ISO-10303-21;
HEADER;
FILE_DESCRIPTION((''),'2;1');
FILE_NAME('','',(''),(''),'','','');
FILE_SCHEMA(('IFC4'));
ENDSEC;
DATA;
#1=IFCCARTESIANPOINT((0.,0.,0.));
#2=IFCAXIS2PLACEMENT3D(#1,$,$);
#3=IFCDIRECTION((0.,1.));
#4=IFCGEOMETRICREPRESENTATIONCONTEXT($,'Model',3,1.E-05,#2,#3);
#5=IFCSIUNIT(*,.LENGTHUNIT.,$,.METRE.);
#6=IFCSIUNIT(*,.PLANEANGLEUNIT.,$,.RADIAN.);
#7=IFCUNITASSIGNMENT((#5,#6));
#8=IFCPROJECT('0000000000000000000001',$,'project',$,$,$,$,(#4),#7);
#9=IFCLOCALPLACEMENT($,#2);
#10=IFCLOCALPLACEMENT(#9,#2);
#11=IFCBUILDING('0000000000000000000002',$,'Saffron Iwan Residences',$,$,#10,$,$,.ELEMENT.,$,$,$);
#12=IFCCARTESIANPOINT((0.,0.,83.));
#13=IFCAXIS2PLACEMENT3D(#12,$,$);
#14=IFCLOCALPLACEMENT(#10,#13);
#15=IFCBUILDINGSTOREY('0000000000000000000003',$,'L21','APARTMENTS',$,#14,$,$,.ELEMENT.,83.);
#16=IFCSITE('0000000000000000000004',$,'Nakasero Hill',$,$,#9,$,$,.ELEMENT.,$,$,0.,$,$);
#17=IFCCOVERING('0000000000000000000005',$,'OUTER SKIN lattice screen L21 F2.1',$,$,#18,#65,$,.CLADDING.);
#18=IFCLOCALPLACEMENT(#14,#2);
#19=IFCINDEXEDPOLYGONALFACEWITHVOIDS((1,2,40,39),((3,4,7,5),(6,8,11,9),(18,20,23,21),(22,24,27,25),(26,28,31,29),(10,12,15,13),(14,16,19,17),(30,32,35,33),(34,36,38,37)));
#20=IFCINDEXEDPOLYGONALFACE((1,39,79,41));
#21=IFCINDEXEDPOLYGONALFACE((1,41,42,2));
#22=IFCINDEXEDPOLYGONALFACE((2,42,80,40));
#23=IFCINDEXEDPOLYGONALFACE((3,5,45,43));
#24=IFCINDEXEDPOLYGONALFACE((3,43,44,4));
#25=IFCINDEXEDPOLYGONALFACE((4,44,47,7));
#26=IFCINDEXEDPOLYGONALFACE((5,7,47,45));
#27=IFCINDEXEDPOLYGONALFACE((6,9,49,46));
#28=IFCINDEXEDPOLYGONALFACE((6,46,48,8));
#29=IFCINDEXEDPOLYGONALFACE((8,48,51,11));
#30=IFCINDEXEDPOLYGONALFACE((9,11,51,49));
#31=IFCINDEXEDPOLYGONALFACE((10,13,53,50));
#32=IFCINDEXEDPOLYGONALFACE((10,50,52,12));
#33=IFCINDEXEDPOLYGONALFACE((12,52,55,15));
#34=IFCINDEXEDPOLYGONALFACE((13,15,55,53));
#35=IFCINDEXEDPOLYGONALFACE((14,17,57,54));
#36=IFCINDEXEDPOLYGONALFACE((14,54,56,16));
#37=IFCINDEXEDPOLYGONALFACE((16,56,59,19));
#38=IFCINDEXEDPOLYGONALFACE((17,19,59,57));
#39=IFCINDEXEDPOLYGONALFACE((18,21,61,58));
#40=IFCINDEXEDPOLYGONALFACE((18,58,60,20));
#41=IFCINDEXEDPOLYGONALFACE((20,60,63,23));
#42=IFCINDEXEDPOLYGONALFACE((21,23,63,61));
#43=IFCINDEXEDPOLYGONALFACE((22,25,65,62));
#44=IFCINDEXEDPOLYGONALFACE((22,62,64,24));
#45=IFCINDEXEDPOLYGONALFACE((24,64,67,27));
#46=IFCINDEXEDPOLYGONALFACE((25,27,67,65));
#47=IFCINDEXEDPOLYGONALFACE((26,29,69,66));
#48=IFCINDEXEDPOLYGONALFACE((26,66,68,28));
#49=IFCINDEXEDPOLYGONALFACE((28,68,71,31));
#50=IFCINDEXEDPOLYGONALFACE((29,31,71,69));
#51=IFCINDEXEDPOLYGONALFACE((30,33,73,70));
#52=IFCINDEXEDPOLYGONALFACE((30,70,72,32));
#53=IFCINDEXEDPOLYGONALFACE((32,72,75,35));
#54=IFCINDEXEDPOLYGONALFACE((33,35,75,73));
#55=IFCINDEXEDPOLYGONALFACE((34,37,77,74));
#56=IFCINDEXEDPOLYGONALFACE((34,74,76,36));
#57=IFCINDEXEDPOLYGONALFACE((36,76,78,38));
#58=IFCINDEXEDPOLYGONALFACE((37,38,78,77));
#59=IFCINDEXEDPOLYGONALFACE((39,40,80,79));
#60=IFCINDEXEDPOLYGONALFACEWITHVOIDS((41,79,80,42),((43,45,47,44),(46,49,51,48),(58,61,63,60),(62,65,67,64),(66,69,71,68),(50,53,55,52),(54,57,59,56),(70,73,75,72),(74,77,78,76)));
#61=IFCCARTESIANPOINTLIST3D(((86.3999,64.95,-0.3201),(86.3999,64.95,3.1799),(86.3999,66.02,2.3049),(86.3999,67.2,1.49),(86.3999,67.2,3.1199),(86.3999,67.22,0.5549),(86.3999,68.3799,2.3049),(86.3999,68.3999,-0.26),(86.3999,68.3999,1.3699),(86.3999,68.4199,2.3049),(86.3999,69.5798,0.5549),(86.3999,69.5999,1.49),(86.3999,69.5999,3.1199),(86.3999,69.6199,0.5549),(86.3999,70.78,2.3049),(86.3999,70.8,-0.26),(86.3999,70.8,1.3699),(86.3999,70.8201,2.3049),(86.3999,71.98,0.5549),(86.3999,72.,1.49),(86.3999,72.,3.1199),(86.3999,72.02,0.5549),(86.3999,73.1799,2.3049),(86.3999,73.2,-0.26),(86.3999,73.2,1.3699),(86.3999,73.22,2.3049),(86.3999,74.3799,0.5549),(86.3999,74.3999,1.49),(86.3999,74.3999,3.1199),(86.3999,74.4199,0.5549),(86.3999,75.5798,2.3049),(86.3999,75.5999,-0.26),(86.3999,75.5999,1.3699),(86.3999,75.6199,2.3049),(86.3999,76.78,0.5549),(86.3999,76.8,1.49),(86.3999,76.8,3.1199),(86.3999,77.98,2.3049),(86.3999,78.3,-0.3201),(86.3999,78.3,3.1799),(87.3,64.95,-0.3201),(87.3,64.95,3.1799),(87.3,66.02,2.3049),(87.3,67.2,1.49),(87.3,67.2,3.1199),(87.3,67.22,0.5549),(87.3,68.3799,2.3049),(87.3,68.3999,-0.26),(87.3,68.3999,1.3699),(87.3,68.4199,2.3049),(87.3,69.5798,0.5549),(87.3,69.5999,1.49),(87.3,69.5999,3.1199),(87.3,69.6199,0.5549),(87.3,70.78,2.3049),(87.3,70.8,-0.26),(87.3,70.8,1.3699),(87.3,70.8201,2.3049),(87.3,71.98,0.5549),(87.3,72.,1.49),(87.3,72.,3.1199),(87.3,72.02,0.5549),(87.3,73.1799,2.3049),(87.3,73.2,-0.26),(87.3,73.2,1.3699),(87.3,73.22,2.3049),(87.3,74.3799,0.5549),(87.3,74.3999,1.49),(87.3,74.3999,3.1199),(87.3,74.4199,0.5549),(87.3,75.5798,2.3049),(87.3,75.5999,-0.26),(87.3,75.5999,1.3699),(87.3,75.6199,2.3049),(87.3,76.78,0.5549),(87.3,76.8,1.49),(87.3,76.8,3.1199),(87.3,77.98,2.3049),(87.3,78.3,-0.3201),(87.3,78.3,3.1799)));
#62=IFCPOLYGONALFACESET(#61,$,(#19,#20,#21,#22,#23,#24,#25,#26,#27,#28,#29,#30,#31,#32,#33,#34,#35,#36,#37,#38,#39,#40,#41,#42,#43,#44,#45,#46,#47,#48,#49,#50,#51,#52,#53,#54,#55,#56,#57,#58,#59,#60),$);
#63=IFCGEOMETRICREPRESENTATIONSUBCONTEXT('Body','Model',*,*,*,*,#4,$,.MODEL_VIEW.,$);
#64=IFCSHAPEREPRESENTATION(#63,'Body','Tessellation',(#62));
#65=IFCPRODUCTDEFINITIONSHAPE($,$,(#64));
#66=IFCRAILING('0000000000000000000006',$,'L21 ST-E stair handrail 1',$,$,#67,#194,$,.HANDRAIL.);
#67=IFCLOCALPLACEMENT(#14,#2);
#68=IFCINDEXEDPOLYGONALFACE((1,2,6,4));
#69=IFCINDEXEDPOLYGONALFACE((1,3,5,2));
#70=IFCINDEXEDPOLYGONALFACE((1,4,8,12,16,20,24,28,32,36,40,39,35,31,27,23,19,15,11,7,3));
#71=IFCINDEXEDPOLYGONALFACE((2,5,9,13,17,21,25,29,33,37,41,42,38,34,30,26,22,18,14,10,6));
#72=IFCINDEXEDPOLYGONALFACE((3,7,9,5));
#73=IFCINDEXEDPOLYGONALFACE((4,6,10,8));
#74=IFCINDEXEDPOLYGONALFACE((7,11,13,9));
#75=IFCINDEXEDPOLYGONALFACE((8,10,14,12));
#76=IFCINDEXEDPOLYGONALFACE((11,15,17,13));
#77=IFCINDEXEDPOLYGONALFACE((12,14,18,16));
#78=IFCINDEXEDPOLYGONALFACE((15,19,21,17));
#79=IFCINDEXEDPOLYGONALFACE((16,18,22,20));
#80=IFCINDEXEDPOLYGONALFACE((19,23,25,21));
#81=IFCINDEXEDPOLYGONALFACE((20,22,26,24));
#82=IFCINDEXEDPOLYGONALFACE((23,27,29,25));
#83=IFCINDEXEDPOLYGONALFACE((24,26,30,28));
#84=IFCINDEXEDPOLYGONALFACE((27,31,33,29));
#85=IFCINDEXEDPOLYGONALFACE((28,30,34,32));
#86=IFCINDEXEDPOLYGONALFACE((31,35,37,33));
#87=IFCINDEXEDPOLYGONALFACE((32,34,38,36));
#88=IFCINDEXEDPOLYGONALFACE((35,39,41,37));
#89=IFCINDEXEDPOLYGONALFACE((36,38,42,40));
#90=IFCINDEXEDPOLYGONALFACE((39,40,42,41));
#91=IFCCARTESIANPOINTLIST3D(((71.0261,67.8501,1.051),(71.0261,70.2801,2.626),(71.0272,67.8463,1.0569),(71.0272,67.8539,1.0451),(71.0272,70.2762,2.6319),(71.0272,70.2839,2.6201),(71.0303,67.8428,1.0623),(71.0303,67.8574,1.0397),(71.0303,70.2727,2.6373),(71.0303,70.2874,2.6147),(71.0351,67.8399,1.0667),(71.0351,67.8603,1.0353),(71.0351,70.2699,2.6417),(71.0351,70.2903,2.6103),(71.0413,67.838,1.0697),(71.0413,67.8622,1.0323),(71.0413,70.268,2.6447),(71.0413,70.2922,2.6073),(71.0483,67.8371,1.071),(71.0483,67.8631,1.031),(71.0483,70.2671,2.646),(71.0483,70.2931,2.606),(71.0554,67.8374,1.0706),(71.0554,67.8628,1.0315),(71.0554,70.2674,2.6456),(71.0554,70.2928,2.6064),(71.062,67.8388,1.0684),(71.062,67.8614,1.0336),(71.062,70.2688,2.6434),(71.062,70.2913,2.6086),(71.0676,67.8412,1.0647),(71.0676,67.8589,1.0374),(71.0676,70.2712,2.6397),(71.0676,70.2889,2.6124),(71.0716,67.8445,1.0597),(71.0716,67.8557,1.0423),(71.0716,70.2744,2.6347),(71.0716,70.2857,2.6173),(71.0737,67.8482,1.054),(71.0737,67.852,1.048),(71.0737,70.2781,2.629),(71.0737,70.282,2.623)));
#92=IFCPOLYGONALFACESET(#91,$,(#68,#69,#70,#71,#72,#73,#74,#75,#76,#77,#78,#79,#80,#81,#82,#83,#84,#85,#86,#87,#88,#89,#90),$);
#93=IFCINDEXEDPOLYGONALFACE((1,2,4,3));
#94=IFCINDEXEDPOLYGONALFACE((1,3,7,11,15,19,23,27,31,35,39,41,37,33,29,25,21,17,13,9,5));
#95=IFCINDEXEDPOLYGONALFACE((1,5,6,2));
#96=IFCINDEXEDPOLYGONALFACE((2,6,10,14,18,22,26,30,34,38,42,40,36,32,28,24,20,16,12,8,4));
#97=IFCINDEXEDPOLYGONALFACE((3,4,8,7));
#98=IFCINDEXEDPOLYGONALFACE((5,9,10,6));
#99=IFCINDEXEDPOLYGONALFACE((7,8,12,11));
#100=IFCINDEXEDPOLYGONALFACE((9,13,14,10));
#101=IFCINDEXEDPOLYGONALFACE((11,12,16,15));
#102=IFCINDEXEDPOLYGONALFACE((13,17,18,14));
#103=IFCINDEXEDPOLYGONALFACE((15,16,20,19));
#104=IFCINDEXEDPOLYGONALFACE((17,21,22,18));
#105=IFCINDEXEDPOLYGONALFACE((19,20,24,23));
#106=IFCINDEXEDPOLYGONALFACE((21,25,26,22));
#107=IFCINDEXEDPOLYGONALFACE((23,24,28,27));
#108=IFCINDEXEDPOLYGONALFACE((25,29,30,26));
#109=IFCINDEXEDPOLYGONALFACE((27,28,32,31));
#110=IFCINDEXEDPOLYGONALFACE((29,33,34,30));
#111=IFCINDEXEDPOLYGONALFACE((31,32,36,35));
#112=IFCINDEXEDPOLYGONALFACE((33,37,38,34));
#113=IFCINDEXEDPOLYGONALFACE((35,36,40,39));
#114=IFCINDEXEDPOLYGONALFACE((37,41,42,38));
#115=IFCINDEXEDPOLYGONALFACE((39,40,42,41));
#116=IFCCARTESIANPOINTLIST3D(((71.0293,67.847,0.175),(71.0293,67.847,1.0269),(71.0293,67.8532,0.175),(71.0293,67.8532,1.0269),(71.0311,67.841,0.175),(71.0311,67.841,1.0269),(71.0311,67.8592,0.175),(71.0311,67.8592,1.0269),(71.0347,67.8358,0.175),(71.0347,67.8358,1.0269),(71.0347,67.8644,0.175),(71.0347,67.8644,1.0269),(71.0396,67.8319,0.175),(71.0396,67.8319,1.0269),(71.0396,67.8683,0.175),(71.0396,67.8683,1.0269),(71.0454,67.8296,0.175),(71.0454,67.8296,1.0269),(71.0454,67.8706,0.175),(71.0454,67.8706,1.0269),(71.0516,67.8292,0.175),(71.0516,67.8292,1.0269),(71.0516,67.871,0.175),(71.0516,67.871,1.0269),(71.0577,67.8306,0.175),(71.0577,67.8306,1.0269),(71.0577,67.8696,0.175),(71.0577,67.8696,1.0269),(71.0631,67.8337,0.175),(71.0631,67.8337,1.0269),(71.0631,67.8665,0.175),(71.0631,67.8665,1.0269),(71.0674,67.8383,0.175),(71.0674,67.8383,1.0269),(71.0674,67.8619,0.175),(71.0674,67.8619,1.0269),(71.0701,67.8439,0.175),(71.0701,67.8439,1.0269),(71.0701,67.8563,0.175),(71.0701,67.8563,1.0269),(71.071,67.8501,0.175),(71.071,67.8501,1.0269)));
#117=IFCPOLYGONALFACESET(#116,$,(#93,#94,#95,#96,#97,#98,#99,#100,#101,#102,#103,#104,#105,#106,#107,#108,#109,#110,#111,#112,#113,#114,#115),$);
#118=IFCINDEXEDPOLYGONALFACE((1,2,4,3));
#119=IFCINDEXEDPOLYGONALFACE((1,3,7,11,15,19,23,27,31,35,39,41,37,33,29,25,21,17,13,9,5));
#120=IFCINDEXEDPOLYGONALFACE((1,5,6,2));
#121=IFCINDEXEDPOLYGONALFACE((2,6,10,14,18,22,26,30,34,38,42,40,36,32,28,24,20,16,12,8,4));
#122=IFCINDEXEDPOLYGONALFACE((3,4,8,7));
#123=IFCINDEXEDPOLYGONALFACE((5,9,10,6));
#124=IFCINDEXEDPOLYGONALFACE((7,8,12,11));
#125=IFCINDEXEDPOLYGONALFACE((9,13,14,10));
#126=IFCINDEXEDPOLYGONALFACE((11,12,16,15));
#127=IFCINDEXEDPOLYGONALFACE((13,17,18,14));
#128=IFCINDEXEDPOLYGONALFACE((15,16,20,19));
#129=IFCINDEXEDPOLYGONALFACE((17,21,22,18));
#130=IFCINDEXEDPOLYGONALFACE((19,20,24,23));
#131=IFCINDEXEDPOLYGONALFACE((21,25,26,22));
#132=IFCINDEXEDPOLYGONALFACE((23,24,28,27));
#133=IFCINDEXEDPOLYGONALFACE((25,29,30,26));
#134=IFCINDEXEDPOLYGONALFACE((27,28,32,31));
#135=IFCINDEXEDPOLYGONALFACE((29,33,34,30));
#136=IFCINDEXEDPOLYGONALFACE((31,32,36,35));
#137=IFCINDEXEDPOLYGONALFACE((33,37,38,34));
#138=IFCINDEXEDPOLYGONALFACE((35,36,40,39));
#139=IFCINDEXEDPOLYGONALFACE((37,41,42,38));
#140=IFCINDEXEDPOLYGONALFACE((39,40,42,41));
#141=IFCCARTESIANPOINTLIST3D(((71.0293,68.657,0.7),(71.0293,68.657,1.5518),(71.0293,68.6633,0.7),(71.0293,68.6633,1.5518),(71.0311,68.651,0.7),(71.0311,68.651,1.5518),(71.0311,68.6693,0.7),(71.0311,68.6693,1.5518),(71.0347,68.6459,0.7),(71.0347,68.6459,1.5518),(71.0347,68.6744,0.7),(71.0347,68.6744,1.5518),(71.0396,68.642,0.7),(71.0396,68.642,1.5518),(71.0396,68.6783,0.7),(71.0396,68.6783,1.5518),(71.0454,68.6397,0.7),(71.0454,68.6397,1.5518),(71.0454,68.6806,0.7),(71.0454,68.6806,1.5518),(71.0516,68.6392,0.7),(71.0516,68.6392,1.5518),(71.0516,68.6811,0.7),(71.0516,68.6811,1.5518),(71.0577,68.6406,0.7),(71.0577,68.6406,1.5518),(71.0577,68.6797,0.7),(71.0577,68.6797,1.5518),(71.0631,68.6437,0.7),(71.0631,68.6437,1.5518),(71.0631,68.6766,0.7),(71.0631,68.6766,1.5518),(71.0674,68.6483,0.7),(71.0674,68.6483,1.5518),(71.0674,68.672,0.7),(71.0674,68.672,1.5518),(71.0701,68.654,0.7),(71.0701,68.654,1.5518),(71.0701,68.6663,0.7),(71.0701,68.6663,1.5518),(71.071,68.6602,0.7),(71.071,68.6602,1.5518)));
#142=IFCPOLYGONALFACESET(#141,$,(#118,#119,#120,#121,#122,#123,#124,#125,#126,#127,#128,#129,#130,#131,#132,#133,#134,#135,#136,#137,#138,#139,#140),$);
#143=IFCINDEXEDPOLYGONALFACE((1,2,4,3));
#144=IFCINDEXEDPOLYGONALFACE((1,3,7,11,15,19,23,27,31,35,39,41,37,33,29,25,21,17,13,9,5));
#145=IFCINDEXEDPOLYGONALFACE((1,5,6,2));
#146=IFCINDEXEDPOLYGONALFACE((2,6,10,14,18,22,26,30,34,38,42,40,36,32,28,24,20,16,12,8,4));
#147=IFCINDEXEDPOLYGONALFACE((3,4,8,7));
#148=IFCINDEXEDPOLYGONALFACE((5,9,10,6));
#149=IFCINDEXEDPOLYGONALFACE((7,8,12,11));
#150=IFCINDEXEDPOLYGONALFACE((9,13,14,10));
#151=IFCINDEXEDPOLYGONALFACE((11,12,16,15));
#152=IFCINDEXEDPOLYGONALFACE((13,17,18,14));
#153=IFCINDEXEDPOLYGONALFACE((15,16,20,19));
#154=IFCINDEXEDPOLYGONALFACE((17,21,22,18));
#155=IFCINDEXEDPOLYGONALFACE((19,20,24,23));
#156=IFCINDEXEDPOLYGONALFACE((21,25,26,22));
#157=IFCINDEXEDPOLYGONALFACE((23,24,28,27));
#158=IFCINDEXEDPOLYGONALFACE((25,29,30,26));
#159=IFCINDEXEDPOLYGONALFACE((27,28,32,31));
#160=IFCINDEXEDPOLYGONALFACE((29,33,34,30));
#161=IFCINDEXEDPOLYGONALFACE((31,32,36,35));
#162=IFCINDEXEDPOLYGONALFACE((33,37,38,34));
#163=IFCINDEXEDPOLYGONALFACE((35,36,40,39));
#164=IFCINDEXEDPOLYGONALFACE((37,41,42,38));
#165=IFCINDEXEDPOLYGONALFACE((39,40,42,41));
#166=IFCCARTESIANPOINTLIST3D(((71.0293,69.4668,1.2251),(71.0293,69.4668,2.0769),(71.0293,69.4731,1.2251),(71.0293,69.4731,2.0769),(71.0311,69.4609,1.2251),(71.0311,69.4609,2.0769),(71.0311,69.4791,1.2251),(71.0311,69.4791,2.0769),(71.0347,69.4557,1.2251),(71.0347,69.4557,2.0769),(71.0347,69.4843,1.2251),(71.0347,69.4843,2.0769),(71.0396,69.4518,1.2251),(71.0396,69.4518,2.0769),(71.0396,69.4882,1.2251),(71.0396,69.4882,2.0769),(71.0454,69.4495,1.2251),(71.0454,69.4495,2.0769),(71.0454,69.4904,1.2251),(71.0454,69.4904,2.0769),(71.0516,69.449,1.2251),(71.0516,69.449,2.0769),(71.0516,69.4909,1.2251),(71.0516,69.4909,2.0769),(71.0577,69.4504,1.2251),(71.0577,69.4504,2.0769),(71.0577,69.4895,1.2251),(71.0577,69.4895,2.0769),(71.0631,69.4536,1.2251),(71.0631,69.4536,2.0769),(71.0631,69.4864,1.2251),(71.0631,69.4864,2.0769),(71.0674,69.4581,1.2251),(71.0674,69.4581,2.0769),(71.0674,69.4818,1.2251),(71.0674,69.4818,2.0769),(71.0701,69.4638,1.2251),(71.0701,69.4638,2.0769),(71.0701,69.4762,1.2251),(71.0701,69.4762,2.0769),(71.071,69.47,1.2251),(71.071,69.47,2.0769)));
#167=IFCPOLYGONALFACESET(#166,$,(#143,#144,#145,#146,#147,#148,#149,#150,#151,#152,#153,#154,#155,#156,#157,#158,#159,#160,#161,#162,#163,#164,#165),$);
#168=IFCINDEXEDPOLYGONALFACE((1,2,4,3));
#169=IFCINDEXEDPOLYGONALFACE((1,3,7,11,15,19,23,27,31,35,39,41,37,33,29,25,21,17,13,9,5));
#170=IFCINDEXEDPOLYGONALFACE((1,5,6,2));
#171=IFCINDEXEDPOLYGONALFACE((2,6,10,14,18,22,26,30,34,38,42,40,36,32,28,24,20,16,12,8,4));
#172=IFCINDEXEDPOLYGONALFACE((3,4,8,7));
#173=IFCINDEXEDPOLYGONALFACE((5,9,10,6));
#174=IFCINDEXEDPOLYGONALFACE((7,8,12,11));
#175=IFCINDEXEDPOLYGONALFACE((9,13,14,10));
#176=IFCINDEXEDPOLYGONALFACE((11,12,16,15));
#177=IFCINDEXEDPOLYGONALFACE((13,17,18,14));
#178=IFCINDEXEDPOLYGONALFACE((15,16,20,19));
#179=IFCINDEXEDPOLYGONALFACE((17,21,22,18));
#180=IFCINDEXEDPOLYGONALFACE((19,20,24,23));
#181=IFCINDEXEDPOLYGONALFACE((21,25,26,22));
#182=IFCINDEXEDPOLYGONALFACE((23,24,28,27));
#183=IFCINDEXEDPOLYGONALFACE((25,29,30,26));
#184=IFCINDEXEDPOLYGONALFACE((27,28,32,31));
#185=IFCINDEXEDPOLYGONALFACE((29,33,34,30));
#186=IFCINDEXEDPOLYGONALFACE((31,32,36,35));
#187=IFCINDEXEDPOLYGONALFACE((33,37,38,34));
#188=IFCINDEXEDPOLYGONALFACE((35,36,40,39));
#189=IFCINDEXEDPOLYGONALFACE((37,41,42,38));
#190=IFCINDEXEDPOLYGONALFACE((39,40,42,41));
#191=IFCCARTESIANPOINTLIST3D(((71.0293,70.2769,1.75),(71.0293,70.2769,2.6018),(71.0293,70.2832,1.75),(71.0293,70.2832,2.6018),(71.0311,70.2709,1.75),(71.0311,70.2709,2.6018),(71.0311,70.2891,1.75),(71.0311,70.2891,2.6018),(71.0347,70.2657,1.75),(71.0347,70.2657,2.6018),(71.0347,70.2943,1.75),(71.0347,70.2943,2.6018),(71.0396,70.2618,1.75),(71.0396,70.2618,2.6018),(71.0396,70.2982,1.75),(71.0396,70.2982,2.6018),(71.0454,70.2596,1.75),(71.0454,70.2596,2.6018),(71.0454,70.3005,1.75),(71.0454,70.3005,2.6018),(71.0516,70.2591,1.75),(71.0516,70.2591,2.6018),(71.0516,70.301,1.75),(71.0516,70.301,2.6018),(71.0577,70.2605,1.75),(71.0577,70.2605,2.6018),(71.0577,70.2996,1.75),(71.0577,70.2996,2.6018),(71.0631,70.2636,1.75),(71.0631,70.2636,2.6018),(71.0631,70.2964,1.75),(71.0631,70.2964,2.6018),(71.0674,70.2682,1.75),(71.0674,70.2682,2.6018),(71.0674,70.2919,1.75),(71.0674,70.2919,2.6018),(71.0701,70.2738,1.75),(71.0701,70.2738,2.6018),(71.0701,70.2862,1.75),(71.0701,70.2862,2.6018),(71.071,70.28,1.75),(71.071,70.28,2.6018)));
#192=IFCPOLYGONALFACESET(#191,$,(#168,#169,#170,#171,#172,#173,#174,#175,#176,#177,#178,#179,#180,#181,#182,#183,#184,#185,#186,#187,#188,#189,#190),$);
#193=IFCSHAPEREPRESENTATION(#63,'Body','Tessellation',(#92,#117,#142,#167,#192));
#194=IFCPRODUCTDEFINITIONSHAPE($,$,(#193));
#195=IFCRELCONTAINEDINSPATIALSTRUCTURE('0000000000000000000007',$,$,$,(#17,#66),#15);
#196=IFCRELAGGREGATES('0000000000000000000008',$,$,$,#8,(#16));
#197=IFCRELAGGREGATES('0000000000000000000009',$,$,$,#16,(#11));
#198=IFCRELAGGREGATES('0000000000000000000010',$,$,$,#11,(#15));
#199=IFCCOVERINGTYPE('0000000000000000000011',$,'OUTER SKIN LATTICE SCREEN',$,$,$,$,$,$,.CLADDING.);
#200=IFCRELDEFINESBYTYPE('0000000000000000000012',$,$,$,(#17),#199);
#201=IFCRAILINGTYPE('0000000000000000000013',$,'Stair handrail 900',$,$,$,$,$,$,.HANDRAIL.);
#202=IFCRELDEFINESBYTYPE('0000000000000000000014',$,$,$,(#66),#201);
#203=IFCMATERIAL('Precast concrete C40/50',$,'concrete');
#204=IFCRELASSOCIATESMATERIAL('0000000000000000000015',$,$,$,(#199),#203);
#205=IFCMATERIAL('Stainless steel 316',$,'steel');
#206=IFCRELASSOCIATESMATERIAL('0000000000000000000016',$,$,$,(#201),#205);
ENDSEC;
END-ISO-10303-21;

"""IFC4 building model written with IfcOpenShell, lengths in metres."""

from ifc_helpers import new_model, si_unit, direction, frame, origin, origin_2d, place, context, subcontext, project, spatial, polyline, circle, outline, extrude, material, type_object, element, save


model = new_model("IFC4")

# Units and contexts
model_context = context("Model", 3, precision=1e-05, world=origin(), true_north=direction((0.0, 1.0)))
body_context = subcontext(model_context, "Body", "Model", "MODEL_VIEW")
ifc_project = project(units=[si_unit("LENGTHUNIT", "METRE"), si_unit("PLANEANGLEUNIT", "RADIAN")], contexts=[model_context])

# Site, building, storey
site_placement = place(None, origin())
site = spatial("IfcSite", under=ifc_project, at=site_placement, Name="Nakasero Hill", CompositionType="ELEMENT", RefElevation=0.0)
building_placement = place(site_placement, origin())
building = spatial("IfcBuilding", under=site, at=building_placement, Name="Saffron Iwan Residences", CompositionType="ELEMENT")
storey_placement = place(building_placement, frame((0.0, 0.0, 83.0)))
storey = spatial("IfcBuildingStorey", under=building, at=storey_placement, Name="L21", Description="APARTMENTS", CompositionType="ELEMENT", Elevation=83.0)

# Shared definitions
ifc_material_1 = material(Name="Stainless steel 316", Category="steel")

# Covering
ifc_material_2 = material(Name="Precast concrete C40/50", Category="concrete")
covering_type = type_object("IfcCoveringType", Name="OUTER SKIN LATTICE SCREEN", PredefinedType="CLADDING", material=ifc_material_2)
covering_placement = place(storey_placement, frame((86.3999, 64.95, -0.3201), z_axis=(1.0, 0.0, 0.0), x_axis=(0.0, 1.0, 0.0)))
element("IfcCovering", 1, at=covering_placement, inside=storey, type_object=covering_type, Name="OUTER SKIN lattice screen L21 F2.1", PredefinedType="CLADDING", context=body_context, shape_type="SweptSolid", body=[
    extrude(outline(polyline([(0.0, 0.0), (13.3501, 0.0), (13.3501, 3.5), (0.0, 3.5), (0.0, 0.0)]), holes=[polyline([(2.27, 0.875), (3.45, 0.0601), (4.6299, 0.875), (3.45, 1.6899), (2.27, 0.875)]), polyline([(4.6699, 0.875), (5.8501, 0.0601), (7.03, 0.875), (5.8501, 1.6899), (4.6699, 0.875)]), polyline([(7.0701, 0.875), (8.25, 0.0601), (9.4299, 0.875), (8.25, 1.6899), (7.0701, 0.875)]), polyline([(9.47, 0.875), (10.6499, 0.0601), (11.8301, 0.875), (10.6499, 1.6899), (9.47, 0.875)]), polyline([(1.0701, 2.625), (2.25, 1.8101), (3.4299, 2.625), (2.25, 3.4399), (1.0701, 2.625)]), polyline([(3.47, 2.625), (4.6499, 1.8101), (5.8301, 2.625), (4.6499, 3.4399), (3.47, 2.625)]), polyline([(5.8701, 2.625), (7.05, 1.8101), (8.23, 2.625), (7.05, 3.4399), (5.8701, 2.625)]), polyline([(8.27, 2.625), (9.45, 1.8101), (10.6299, 2.625), (9.45, 3.4399), (8.27, 2.625)]), polyline([(10.6699, 2.625), (11.8501, 1.8101), (13.03, 2.625), (11.8501, 3.4399), (10.6699, 2.625)])]), origin(), (0.0, 0.0, 1.0), 0.9001),
])

# Railing
railing_type_1 = type_object("IfcRailingType", Name="Stair handrail 900", PredefinedType="HANDRAIL", material=ifc_material_1)
railing_1_placement = place(storey_placement, frame((71.05, 67.8501, 0.175)))
element("IfcRailing", 2, at=railing_1_placement, inside=storey, type_object=railing_type_1, Name="L21 ST-E stair handrail 1", PredefinedType="HANDRAIL", context=body_context, shape_type="SweptSolid", body=[
    extrude(circle(Radius=0.0239, at=origin_2d()), frame((0.0, 0.0, 0.876), z_axis=(0.0, 0.839154, 0.543894), x_axis=(-1.0, 0.0, 0.0)), (0.0, 0.0, 1.0), 2.8958),
    extrude(circle(Radius=0.021, at=origin_2d()), origin(), (0.0, 0.0, 1.0), 0.8518),
    extrude(circle(Radius=0.021, at=origin_2d()), frame((0.0, 0.8101, 0.5249)), (0.0, 0.0, 1.0), 0.8518),
    extrude(circle(Radius=0.021, at=origin_2d()), frame((0.0, 1.6199, 1.05)), (0.0, 0.0, 1.0), 0.8518),
    extrude(circle(Radius=0.021, at=origin_2d()), frame((0.0, 2.4299, 1.575)), (0.0, 0.0, 1.0), 0.8518),
])

save(model, "model.ifc")
